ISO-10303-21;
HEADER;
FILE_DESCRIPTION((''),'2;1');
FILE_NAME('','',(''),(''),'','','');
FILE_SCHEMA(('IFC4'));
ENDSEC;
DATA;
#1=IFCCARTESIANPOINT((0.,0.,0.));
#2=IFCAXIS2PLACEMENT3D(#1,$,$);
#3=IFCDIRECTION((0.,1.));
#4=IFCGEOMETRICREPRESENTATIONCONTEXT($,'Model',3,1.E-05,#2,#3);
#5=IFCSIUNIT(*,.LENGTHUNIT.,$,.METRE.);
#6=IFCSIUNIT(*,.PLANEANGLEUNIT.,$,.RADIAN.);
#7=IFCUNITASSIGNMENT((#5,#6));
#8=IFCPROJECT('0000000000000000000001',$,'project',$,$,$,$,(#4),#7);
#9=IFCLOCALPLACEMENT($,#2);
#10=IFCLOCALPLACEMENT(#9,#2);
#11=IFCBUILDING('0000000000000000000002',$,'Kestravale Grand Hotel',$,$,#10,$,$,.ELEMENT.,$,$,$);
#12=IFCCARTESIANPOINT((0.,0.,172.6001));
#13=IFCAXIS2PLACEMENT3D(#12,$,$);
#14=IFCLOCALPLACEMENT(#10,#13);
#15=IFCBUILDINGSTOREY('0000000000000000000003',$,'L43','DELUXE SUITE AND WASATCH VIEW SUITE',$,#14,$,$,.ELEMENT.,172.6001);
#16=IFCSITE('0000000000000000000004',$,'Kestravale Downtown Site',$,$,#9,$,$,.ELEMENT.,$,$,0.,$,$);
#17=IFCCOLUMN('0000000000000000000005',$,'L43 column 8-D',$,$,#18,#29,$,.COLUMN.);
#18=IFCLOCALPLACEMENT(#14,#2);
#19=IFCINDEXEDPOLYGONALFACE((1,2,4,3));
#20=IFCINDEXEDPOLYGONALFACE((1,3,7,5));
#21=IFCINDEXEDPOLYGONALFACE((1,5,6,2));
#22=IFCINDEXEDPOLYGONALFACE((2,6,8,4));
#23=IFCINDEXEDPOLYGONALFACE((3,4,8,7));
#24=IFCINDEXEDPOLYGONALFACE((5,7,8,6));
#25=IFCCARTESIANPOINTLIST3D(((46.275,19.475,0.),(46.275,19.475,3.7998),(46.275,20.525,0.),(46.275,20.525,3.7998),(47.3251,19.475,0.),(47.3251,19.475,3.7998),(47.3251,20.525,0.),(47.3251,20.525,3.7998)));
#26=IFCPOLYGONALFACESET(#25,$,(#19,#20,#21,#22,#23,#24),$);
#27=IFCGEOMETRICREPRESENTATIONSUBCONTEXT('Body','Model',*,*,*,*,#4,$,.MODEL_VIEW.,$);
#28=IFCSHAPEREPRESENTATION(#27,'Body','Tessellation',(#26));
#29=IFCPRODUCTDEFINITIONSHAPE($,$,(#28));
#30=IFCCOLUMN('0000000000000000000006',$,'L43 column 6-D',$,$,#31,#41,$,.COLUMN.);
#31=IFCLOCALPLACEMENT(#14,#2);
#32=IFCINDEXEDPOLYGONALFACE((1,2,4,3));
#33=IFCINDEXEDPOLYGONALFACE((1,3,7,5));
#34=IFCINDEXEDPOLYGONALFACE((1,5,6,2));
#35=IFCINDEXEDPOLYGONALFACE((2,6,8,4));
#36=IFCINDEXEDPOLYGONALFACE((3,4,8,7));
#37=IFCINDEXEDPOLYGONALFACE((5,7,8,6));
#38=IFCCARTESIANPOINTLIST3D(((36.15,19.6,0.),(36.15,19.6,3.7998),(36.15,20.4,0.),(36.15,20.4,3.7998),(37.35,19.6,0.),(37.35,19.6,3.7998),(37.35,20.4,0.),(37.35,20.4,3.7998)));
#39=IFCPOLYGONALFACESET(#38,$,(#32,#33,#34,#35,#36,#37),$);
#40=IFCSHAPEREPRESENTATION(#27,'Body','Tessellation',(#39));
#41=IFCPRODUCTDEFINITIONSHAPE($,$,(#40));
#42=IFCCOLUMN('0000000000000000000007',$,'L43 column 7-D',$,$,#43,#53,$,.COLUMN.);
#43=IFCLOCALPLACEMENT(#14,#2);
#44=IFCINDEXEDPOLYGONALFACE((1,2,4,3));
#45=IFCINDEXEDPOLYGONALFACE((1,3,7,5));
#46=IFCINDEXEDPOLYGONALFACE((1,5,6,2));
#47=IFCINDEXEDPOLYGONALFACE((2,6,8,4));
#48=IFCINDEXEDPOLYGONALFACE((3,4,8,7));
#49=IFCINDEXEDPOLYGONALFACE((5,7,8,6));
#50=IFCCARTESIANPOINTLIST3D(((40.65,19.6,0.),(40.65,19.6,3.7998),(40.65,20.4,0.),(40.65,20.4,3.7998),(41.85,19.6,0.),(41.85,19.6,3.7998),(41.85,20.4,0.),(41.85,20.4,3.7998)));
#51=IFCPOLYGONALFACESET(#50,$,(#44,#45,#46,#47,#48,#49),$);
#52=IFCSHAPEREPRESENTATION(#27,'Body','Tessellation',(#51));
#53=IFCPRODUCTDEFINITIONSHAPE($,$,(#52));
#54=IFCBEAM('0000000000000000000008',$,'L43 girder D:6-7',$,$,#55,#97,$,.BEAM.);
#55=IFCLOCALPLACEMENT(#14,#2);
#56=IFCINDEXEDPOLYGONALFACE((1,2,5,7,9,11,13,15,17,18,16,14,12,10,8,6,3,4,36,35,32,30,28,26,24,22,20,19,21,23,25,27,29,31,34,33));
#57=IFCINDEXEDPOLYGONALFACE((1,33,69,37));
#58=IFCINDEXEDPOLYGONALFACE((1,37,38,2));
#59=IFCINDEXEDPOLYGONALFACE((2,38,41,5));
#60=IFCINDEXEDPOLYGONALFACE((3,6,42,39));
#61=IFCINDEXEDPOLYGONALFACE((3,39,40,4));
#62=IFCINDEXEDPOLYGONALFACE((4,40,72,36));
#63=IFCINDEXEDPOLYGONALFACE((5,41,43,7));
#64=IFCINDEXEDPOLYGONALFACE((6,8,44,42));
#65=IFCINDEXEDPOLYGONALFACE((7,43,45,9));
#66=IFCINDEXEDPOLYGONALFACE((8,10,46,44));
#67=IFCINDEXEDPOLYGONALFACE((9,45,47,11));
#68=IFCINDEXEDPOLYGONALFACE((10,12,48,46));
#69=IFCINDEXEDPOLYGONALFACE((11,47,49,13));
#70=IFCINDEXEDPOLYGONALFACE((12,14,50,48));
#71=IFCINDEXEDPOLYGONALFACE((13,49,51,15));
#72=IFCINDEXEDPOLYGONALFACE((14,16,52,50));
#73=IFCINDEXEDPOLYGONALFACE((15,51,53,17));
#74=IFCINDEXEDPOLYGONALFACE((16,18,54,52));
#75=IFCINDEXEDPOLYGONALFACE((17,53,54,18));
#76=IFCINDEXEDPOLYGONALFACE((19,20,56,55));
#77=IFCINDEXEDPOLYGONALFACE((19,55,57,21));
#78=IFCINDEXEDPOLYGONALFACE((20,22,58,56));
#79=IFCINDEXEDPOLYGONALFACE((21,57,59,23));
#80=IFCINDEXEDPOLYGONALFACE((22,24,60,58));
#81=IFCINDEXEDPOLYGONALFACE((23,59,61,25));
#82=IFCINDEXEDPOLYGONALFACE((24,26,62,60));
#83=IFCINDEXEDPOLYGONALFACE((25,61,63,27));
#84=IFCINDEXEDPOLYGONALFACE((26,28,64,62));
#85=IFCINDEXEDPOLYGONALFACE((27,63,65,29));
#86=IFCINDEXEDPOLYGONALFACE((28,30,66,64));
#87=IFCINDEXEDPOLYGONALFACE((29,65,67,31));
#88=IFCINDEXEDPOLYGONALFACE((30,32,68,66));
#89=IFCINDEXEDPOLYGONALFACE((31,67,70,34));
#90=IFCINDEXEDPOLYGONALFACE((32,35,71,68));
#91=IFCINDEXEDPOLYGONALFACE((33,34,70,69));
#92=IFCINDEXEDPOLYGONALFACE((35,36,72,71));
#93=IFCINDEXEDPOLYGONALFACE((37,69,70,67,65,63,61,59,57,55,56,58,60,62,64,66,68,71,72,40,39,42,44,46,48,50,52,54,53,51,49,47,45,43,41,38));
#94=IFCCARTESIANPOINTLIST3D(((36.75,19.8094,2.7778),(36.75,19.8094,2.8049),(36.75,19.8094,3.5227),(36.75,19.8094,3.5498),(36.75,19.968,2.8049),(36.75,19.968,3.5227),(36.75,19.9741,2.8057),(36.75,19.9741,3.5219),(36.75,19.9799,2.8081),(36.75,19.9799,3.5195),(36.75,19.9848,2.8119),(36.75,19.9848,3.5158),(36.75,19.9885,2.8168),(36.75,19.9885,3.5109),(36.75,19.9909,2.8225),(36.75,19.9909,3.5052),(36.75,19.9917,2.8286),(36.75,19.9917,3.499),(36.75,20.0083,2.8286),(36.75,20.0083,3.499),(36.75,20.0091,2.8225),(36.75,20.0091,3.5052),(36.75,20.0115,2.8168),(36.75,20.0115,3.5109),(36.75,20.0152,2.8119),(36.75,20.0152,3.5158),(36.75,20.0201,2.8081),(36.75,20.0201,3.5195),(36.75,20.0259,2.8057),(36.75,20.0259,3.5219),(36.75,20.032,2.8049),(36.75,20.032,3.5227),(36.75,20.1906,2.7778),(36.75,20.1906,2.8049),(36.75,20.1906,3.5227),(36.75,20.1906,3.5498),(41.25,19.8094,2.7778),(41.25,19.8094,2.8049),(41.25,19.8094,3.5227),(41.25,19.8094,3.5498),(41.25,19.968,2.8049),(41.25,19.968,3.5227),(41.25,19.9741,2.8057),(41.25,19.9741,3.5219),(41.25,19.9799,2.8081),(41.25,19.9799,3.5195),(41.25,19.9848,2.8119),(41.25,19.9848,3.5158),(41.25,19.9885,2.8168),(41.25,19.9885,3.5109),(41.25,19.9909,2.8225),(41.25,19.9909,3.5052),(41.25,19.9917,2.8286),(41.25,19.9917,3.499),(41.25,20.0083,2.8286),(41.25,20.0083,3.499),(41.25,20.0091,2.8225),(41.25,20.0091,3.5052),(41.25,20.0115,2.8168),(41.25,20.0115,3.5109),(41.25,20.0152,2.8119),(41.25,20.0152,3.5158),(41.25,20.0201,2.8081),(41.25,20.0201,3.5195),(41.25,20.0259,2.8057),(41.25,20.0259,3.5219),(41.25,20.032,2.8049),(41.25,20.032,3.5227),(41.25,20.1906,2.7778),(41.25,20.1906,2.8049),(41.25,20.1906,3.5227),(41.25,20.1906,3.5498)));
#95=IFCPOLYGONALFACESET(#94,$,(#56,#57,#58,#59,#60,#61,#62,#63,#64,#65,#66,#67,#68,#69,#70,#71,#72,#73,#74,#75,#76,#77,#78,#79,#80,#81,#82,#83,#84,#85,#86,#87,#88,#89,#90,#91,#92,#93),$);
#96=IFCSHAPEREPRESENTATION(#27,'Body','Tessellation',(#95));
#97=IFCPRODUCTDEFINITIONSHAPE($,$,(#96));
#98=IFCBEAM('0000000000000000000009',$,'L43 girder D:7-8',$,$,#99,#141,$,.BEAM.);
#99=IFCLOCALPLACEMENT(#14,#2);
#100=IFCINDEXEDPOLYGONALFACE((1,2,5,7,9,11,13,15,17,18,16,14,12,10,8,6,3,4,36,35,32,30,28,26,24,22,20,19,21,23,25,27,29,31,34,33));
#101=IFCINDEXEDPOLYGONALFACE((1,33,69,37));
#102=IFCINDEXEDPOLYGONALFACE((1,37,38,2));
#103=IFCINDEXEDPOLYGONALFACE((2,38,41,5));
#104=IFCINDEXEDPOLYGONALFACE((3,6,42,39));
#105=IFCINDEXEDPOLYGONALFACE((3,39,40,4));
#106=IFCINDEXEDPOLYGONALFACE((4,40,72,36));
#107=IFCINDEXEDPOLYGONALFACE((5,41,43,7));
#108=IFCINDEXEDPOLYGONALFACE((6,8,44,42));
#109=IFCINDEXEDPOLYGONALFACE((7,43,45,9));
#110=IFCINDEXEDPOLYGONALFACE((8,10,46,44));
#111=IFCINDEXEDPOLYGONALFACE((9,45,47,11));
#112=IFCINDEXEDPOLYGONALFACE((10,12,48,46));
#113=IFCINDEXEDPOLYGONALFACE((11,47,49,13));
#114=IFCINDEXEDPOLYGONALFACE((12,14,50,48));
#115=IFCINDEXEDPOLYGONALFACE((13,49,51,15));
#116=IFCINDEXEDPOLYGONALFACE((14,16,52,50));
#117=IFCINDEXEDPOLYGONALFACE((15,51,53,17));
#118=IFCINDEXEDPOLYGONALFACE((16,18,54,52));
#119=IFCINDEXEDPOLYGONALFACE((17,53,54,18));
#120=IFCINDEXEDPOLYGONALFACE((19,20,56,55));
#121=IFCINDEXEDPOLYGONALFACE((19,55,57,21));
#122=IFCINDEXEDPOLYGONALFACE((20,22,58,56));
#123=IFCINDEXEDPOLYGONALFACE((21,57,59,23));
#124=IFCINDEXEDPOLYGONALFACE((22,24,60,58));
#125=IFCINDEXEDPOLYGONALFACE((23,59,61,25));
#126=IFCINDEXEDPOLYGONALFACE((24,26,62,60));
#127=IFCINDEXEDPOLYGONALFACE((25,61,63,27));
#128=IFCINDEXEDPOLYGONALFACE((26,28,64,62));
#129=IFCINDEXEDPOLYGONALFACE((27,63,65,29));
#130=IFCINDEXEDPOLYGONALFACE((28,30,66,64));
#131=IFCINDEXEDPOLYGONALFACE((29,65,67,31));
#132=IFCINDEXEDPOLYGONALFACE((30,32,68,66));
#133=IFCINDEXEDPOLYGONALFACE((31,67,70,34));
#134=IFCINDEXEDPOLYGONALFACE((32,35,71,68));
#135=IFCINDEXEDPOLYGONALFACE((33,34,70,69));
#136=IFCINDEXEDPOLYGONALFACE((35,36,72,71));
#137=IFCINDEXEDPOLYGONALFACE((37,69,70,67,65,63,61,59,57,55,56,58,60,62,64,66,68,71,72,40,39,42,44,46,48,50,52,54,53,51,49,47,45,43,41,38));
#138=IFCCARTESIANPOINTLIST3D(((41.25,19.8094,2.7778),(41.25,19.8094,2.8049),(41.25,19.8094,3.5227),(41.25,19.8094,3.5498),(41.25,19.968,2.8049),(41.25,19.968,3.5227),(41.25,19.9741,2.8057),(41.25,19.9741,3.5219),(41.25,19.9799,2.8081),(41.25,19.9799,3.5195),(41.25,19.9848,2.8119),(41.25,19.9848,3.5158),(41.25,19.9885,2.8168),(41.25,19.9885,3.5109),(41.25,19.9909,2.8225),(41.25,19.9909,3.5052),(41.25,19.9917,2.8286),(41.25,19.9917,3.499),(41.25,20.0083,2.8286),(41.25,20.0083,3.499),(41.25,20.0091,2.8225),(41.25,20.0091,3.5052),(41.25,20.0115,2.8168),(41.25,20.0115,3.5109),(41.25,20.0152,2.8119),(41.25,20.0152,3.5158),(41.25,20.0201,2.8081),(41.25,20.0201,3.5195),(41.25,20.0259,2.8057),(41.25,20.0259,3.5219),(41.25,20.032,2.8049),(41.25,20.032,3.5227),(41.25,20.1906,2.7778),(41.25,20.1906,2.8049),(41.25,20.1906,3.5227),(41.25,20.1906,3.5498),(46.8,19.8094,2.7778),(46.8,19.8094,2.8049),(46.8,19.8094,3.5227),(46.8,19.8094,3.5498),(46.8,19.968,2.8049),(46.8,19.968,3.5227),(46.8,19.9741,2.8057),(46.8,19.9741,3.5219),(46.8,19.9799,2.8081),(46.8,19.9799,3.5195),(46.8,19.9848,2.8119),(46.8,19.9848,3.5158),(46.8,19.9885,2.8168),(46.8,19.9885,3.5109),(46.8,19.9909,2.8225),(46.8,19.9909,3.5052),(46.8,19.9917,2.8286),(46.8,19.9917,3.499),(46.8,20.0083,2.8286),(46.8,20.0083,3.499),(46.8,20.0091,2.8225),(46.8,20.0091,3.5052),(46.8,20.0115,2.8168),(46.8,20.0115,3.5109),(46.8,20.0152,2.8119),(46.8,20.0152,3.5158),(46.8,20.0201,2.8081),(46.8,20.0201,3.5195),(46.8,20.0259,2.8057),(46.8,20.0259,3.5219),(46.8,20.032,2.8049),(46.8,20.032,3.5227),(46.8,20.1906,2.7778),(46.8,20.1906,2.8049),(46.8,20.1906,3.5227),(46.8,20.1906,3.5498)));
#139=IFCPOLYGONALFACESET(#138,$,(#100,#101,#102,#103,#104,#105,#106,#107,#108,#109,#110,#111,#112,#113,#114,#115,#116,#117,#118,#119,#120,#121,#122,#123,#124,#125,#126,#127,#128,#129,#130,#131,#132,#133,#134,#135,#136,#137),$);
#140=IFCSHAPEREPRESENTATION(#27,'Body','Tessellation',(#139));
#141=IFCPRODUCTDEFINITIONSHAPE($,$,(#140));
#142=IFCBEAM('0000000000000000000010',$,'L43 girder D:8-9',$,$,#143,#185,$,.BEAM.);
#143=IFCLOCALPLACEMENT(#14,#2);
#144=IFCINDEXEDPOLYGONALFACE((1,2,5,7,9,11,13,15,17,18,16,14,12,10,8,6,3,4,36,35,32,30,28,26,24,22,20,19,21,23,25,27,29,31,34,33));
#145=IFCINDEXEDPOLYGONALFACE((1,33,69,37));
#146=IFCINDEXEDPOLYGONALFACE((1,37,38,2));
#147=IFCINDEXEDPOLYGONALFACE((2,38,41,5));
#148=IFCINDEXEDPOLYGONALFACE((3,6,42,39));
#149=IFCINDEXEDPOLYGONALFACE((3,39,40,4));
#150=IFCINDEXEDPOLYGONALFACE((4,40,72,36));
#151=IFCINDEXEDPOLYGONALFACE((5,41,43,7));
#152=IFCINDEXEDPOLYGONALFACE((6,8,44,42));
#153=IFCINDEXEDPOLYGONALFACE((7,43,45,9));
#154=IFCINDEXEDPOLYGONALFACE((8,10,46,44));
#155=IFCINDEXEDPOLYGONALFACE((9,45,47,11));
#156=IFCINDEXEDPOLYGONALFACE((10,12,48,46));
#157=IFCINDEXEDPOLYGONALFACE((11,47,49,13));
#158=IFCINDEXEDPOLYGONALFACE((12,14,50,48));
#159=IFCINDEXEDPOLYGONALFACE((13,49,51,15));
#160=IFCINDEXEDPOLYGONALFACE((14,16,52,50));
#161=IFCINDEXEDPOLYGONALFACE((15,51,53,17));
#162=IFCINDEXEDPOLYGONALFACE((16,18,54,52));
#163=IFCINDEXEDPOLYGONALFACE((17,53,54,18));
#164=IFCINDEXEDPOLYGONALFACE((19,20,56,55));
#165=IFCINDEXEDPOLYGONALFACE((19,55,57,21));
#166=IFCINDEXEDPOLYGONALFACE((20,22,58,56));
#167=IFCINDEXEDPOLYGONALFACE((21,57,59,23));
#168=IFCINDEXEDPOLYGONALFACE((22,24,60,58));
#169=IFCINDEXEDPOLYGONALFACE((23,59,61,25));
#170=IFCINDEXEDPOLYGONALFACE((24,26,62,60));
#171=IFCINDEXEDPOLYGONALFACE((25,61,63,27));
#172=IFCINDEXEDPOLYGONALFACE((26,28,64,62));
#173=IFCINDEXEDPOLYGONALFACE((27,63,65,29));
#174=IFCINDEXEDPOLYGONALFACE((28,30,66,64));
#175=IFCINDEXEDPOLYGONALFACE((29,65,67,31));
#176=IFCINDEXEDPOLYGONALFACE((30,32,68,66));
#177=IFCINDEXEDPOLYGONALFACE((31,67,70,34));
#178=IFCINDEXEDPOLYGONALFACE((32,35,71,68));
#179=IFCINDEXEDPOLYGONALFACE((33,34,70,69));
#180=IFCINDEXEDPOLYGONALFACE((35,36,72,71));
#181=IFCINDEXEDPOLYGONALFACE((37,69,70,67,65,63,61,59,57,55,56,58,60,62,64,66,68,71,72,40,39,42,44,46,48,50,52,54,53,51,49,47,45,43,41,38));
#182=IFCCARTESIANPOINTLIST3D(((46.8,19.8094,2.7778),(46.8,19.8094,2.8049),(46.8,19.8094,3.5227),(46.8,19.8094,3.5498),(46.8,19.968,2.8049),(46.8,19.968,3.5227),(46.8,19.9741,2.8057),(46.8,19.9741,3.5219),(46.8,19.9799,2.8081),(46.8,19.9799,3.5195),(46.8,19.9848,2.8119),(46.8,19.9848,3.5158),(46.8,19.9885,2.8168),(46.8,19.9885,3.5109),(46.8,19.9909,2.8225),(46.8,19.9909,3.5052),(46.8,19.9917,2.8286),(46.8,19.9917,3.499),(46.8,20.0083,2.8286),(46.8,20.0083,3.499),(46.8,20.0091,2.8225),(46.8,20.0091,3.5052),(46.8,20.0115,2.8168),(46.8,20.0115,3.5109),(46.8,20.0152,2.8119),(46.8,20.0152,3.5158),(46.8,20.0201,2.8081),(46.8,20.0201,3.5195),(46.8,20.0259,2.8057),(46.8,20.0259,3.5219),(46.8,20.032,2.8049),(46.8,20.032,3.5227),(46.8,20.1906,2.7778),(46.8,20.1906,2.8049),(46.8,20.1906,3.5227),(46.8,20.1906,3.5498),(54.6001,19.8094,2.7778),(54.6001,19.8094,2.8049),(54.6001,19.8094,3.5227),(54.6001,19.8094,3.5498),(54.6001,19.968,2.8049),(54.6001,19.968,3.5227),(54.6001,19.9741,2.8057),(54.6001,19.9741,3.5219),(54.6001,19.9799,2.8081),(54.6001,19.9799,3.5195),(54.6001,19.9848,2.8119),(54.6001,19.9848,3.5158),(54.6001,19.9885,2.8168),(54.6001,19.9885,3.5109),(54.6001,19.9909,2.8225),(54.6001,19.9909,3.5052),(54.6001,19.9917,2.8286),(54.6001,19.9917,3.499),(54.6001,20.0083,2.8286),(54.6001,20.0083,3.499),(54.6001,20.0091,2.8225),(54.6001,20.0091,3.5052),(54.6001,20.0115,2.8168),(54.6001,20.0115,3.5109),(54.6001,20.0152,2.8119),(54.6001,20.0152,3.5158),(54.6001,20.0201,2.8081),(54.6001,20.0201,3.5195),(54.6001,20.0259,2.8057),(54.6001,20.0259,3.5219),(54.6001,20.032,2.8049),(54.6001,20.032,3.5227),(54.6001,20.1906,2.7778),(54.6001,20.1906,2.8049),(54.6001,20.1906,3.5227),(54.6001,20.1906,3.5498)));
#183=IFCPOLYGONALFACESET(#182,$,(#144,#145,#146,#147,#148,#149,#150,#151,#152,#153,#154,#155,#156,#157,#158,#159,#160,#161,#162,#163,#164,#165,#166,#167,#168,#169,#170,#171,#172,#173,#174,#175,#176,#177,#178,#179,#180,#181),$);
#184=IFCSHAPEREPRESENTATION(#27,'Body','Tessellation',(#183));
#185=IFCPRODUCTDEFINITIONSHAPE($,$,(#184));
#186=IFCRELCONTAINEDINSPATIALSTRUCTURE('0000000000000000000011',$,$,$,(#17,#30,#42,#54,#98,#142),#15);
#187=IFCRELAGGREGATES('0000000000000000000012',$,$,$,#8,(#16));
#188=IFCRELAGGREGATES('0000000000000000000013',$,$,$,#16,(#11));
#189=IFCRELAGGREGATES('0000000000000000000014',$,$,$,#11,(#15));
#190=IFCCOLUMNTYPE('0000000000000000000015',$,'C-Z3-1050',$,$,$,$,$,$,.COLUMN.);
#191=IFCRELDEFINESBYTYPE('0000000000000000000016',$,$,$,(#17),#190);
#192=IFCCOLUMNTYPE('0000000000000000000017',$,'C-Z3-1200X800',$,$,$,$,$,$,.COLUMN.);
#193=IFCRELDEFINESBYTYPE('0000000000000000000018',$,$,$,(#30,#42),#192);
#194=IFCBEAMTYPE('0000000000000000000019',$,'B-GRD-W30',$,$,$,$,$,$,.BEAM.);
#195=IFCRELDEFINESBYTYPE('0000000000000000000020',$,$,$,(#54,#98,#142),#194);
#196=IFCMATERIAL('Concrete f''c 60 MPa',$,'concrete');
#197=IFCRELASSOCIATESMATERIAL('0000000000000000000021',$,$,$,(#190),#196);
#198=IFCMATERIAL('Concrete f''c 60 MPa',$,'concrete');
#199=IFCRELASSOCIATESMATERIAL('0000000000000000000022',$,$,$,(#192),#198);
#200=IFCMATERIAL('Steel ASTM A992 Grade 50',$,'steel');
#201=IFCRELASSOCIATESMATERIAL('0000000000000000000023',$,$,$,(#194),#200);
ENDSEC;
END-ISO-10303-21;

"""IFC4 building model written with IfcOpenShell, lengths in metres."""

from ifc_helpers import new_model, si_unit, direction, frame, origin, origin_2d, place, context, subcontext, project, spatial, rectangle, i_section, extrude, material, material_profile, profile_set, type_object, element, save


model = new_model("IFC4")

# Units and contexts
model_context = context("Model", 3, precision=1e-05, world=origin(), true_north=direction((0.0, 1.0)))
body_context = subcontext(model_context, "Body", "Model", "MODEL_VIEW")
ifc_project = project(units=[si_unit("LENGTHUNIT", "METRE"), si_unit("PLANEANGLEUNIT", "RADIAN")], contexts=[model_context])

# Site, building, storey
site_placement = place(None, origin())
site = spatial("IfcSite", under=ifc_project, at=site_placement, Name="Kestravale Downtown Site", CompositionType="ELEMENT", RefElevation=0.0)
building_placement = place(site_placement, origin())
building = spatial("IfcBuilding", under=site, at=building_placement, Name="Kestravale Grand Hotel", CompositionType="ELEMENT")
storey_placement = place(building_placement, frame((0.0, 0.0, 172.6001)))
storey = spatial("IfcBuildingStorey", under=building, at=storey_placement, Name="L43", Description="DELUXE SUITE AND WASATCH VIEW SUITE", CompositionType="ELEMENT", Elevation=172.6001)

# Columns
ifc_material_1 = material(Name="Concrete f'c 60 MPa", Category="concrete")
ifc_material_profile_1 = material_profile(ifc_material_1, rectangle(XDim=1.05, YDim=1.05, at=origin_2d()))
ifc_profile_set_1 = profile_set([ifc_material_profile_1], Name="Concrete f'c 60 MPa")
column_type_1 = type_object("IfcColumnType", Name="C-Z3-1050", PredefinedType="COLUMN", material=ifc_profile_set_1)
column_placement = place(storey_placement, frame((46.8, 20.0, 0.0), z_axis=(0.0, 0.0, 1.0), x_axis=(1.0, 0.0, 0.0)))
element("IfcColumn", 1, at=column_placement, inside=storey, type_object=column_type_1, Name="L43 column 8-D", PredefinedType="COLUMN", context=body_context, shape_type="SweptSolid", body=[
    extrude(rectangle(XDim=1.05, YDim=1.05, at=origin_2d()), origin(), (0.0, 0.0, 1.0), 3.7998),
])
ifc_material_2 = material(Name="Concrete f'c 60 MPa", Category="concrete")
ifc_material_profile_2 = material_profile(ifc_material_2, rectangle(XDim=1.2, YDim=0.8, at=origin_2d()))
ifc_profile_set_2 = profile_set([ifc_material_profile_2], Name="Concrete f'c 60 MPa")
column_type_2 = type_object("IfcColumnType", Name="C-Z3-1200X800", PredefinedType="COLUMN", material=ifc_profile_set_2)
for number, where, z_axis, x_axis, name in (
    (2, (36.75, 20.0, 0.0), (0.0, 0.0, 1.0), (1.0, 0.0, 0.0), "L43 column 6-D"),
    (3, (41.25, 20.0, 0.0), (0.0, 0.0, 1.0), (1.0, 0.0, 0.0), "L43 column 7-D"),
):
    element("IfcColumn", number, at=place(storey_placement, frame(where, z_axis=z_axis, x_axis=x_axis)), inside=storey, type_object=column_type_2, Name=name, PredefinedType="COLUMN", context=body_context, shape_type="SweptSolid", body=[
        extrude(rectangle(XDim=1.2, YDim=0.8, at=origin_2d()), origin(), (0.0, 0.0, 1.0), 3.7998),
    ])

# Beams
ifc_material_3 = material(Name="Steel ASTM A992 Grade 50", Category="steel")
ifc_material_profile_3 = material_profile(ifc_material_3, i_section(OverallWidth=0.3811, OverallDepth=0.772, WebThickness=0.0166, FlangeThickness=0.0271, FilletRadius=0.0237, at=origin_2d()))
ifc_profile_set_3 = profile_set([ifc_material_profile_3], Name="Steel ASTM A992 Grade 50")
beam_type = type_object("IfcBeamType", Name="B-GRD-W30", PredefinedType="BEAM", material=ifc_profile_set_3)
beam_1_placement = place(storey_placement, frame((36.75, 20.0, 3.1638), z_axis=(1.0, 0.0, 0.0), x_axis=(0.0, 1.0, 0.0)))
element("IfcBeam", 4, at=beam_1_placement, inside=storey, type_object=beam_type, Name="L43 girder D:6-7", PredefinedType="BEAM", context=body_context, shape_type="SweptSolid", body=[
    extrude(i_section(OverallWidth=0.3811, OverallDepth=0.772, WebThickness=0.0166, FlangeThickness=0.0271, FilletRadius=0.0237, at=origin_2d()), origin(), (0.0, 0.0, 1.0), 4.5),
])
beam_2_placement = place(storey_placement, frame((41.25, 20.0, 3.1638), z_axis=(1.0, 0.0, 0.0), x_axis=(0.0, 1.0, 0.0)))
element("IfcBeam", 5, at=beam_2_placement, inside=storey, type_object=beam_type, Name="L43 girder D:7-8", PredefinedType="BEAM", context=body_context, shape_type="SweptSolid", body=[
    extrude(i_section(OverallWidth=0.3811, OverallDepth=0.772, WebThickness=0.0166, FlangeThickness=0.0271, FilletRadius=0.0237, at=origin_2d()), origin(), (0.0, 0.0, 1.0), 5.55),
])
beam_3_placement = place(storey_placement, frame((46.8, 20.0, 3.1638), z_axis=(1.0, 0.0, 0.0), x_axis=(0.0, 1.0, 0.0)))
element("IfcBeam", 6, at=beam_3_placement, inside=storey, type_object=beam_type, Name="L43 girder D:8-9", PredefinedType="BEAM", context=body_context, shape_type="SweptSolid", body=[
    extrude(i_section(OverallWidth=0.3811, OverallDepth=0.772, WebThickness=0.0166, FlangeThickness=0.0271, FilletRadius=0.0237, at=origin_2d()), origin(), (0.0, 0.0, 1.0), 7.8),
])

save(model, "model.ifc")
